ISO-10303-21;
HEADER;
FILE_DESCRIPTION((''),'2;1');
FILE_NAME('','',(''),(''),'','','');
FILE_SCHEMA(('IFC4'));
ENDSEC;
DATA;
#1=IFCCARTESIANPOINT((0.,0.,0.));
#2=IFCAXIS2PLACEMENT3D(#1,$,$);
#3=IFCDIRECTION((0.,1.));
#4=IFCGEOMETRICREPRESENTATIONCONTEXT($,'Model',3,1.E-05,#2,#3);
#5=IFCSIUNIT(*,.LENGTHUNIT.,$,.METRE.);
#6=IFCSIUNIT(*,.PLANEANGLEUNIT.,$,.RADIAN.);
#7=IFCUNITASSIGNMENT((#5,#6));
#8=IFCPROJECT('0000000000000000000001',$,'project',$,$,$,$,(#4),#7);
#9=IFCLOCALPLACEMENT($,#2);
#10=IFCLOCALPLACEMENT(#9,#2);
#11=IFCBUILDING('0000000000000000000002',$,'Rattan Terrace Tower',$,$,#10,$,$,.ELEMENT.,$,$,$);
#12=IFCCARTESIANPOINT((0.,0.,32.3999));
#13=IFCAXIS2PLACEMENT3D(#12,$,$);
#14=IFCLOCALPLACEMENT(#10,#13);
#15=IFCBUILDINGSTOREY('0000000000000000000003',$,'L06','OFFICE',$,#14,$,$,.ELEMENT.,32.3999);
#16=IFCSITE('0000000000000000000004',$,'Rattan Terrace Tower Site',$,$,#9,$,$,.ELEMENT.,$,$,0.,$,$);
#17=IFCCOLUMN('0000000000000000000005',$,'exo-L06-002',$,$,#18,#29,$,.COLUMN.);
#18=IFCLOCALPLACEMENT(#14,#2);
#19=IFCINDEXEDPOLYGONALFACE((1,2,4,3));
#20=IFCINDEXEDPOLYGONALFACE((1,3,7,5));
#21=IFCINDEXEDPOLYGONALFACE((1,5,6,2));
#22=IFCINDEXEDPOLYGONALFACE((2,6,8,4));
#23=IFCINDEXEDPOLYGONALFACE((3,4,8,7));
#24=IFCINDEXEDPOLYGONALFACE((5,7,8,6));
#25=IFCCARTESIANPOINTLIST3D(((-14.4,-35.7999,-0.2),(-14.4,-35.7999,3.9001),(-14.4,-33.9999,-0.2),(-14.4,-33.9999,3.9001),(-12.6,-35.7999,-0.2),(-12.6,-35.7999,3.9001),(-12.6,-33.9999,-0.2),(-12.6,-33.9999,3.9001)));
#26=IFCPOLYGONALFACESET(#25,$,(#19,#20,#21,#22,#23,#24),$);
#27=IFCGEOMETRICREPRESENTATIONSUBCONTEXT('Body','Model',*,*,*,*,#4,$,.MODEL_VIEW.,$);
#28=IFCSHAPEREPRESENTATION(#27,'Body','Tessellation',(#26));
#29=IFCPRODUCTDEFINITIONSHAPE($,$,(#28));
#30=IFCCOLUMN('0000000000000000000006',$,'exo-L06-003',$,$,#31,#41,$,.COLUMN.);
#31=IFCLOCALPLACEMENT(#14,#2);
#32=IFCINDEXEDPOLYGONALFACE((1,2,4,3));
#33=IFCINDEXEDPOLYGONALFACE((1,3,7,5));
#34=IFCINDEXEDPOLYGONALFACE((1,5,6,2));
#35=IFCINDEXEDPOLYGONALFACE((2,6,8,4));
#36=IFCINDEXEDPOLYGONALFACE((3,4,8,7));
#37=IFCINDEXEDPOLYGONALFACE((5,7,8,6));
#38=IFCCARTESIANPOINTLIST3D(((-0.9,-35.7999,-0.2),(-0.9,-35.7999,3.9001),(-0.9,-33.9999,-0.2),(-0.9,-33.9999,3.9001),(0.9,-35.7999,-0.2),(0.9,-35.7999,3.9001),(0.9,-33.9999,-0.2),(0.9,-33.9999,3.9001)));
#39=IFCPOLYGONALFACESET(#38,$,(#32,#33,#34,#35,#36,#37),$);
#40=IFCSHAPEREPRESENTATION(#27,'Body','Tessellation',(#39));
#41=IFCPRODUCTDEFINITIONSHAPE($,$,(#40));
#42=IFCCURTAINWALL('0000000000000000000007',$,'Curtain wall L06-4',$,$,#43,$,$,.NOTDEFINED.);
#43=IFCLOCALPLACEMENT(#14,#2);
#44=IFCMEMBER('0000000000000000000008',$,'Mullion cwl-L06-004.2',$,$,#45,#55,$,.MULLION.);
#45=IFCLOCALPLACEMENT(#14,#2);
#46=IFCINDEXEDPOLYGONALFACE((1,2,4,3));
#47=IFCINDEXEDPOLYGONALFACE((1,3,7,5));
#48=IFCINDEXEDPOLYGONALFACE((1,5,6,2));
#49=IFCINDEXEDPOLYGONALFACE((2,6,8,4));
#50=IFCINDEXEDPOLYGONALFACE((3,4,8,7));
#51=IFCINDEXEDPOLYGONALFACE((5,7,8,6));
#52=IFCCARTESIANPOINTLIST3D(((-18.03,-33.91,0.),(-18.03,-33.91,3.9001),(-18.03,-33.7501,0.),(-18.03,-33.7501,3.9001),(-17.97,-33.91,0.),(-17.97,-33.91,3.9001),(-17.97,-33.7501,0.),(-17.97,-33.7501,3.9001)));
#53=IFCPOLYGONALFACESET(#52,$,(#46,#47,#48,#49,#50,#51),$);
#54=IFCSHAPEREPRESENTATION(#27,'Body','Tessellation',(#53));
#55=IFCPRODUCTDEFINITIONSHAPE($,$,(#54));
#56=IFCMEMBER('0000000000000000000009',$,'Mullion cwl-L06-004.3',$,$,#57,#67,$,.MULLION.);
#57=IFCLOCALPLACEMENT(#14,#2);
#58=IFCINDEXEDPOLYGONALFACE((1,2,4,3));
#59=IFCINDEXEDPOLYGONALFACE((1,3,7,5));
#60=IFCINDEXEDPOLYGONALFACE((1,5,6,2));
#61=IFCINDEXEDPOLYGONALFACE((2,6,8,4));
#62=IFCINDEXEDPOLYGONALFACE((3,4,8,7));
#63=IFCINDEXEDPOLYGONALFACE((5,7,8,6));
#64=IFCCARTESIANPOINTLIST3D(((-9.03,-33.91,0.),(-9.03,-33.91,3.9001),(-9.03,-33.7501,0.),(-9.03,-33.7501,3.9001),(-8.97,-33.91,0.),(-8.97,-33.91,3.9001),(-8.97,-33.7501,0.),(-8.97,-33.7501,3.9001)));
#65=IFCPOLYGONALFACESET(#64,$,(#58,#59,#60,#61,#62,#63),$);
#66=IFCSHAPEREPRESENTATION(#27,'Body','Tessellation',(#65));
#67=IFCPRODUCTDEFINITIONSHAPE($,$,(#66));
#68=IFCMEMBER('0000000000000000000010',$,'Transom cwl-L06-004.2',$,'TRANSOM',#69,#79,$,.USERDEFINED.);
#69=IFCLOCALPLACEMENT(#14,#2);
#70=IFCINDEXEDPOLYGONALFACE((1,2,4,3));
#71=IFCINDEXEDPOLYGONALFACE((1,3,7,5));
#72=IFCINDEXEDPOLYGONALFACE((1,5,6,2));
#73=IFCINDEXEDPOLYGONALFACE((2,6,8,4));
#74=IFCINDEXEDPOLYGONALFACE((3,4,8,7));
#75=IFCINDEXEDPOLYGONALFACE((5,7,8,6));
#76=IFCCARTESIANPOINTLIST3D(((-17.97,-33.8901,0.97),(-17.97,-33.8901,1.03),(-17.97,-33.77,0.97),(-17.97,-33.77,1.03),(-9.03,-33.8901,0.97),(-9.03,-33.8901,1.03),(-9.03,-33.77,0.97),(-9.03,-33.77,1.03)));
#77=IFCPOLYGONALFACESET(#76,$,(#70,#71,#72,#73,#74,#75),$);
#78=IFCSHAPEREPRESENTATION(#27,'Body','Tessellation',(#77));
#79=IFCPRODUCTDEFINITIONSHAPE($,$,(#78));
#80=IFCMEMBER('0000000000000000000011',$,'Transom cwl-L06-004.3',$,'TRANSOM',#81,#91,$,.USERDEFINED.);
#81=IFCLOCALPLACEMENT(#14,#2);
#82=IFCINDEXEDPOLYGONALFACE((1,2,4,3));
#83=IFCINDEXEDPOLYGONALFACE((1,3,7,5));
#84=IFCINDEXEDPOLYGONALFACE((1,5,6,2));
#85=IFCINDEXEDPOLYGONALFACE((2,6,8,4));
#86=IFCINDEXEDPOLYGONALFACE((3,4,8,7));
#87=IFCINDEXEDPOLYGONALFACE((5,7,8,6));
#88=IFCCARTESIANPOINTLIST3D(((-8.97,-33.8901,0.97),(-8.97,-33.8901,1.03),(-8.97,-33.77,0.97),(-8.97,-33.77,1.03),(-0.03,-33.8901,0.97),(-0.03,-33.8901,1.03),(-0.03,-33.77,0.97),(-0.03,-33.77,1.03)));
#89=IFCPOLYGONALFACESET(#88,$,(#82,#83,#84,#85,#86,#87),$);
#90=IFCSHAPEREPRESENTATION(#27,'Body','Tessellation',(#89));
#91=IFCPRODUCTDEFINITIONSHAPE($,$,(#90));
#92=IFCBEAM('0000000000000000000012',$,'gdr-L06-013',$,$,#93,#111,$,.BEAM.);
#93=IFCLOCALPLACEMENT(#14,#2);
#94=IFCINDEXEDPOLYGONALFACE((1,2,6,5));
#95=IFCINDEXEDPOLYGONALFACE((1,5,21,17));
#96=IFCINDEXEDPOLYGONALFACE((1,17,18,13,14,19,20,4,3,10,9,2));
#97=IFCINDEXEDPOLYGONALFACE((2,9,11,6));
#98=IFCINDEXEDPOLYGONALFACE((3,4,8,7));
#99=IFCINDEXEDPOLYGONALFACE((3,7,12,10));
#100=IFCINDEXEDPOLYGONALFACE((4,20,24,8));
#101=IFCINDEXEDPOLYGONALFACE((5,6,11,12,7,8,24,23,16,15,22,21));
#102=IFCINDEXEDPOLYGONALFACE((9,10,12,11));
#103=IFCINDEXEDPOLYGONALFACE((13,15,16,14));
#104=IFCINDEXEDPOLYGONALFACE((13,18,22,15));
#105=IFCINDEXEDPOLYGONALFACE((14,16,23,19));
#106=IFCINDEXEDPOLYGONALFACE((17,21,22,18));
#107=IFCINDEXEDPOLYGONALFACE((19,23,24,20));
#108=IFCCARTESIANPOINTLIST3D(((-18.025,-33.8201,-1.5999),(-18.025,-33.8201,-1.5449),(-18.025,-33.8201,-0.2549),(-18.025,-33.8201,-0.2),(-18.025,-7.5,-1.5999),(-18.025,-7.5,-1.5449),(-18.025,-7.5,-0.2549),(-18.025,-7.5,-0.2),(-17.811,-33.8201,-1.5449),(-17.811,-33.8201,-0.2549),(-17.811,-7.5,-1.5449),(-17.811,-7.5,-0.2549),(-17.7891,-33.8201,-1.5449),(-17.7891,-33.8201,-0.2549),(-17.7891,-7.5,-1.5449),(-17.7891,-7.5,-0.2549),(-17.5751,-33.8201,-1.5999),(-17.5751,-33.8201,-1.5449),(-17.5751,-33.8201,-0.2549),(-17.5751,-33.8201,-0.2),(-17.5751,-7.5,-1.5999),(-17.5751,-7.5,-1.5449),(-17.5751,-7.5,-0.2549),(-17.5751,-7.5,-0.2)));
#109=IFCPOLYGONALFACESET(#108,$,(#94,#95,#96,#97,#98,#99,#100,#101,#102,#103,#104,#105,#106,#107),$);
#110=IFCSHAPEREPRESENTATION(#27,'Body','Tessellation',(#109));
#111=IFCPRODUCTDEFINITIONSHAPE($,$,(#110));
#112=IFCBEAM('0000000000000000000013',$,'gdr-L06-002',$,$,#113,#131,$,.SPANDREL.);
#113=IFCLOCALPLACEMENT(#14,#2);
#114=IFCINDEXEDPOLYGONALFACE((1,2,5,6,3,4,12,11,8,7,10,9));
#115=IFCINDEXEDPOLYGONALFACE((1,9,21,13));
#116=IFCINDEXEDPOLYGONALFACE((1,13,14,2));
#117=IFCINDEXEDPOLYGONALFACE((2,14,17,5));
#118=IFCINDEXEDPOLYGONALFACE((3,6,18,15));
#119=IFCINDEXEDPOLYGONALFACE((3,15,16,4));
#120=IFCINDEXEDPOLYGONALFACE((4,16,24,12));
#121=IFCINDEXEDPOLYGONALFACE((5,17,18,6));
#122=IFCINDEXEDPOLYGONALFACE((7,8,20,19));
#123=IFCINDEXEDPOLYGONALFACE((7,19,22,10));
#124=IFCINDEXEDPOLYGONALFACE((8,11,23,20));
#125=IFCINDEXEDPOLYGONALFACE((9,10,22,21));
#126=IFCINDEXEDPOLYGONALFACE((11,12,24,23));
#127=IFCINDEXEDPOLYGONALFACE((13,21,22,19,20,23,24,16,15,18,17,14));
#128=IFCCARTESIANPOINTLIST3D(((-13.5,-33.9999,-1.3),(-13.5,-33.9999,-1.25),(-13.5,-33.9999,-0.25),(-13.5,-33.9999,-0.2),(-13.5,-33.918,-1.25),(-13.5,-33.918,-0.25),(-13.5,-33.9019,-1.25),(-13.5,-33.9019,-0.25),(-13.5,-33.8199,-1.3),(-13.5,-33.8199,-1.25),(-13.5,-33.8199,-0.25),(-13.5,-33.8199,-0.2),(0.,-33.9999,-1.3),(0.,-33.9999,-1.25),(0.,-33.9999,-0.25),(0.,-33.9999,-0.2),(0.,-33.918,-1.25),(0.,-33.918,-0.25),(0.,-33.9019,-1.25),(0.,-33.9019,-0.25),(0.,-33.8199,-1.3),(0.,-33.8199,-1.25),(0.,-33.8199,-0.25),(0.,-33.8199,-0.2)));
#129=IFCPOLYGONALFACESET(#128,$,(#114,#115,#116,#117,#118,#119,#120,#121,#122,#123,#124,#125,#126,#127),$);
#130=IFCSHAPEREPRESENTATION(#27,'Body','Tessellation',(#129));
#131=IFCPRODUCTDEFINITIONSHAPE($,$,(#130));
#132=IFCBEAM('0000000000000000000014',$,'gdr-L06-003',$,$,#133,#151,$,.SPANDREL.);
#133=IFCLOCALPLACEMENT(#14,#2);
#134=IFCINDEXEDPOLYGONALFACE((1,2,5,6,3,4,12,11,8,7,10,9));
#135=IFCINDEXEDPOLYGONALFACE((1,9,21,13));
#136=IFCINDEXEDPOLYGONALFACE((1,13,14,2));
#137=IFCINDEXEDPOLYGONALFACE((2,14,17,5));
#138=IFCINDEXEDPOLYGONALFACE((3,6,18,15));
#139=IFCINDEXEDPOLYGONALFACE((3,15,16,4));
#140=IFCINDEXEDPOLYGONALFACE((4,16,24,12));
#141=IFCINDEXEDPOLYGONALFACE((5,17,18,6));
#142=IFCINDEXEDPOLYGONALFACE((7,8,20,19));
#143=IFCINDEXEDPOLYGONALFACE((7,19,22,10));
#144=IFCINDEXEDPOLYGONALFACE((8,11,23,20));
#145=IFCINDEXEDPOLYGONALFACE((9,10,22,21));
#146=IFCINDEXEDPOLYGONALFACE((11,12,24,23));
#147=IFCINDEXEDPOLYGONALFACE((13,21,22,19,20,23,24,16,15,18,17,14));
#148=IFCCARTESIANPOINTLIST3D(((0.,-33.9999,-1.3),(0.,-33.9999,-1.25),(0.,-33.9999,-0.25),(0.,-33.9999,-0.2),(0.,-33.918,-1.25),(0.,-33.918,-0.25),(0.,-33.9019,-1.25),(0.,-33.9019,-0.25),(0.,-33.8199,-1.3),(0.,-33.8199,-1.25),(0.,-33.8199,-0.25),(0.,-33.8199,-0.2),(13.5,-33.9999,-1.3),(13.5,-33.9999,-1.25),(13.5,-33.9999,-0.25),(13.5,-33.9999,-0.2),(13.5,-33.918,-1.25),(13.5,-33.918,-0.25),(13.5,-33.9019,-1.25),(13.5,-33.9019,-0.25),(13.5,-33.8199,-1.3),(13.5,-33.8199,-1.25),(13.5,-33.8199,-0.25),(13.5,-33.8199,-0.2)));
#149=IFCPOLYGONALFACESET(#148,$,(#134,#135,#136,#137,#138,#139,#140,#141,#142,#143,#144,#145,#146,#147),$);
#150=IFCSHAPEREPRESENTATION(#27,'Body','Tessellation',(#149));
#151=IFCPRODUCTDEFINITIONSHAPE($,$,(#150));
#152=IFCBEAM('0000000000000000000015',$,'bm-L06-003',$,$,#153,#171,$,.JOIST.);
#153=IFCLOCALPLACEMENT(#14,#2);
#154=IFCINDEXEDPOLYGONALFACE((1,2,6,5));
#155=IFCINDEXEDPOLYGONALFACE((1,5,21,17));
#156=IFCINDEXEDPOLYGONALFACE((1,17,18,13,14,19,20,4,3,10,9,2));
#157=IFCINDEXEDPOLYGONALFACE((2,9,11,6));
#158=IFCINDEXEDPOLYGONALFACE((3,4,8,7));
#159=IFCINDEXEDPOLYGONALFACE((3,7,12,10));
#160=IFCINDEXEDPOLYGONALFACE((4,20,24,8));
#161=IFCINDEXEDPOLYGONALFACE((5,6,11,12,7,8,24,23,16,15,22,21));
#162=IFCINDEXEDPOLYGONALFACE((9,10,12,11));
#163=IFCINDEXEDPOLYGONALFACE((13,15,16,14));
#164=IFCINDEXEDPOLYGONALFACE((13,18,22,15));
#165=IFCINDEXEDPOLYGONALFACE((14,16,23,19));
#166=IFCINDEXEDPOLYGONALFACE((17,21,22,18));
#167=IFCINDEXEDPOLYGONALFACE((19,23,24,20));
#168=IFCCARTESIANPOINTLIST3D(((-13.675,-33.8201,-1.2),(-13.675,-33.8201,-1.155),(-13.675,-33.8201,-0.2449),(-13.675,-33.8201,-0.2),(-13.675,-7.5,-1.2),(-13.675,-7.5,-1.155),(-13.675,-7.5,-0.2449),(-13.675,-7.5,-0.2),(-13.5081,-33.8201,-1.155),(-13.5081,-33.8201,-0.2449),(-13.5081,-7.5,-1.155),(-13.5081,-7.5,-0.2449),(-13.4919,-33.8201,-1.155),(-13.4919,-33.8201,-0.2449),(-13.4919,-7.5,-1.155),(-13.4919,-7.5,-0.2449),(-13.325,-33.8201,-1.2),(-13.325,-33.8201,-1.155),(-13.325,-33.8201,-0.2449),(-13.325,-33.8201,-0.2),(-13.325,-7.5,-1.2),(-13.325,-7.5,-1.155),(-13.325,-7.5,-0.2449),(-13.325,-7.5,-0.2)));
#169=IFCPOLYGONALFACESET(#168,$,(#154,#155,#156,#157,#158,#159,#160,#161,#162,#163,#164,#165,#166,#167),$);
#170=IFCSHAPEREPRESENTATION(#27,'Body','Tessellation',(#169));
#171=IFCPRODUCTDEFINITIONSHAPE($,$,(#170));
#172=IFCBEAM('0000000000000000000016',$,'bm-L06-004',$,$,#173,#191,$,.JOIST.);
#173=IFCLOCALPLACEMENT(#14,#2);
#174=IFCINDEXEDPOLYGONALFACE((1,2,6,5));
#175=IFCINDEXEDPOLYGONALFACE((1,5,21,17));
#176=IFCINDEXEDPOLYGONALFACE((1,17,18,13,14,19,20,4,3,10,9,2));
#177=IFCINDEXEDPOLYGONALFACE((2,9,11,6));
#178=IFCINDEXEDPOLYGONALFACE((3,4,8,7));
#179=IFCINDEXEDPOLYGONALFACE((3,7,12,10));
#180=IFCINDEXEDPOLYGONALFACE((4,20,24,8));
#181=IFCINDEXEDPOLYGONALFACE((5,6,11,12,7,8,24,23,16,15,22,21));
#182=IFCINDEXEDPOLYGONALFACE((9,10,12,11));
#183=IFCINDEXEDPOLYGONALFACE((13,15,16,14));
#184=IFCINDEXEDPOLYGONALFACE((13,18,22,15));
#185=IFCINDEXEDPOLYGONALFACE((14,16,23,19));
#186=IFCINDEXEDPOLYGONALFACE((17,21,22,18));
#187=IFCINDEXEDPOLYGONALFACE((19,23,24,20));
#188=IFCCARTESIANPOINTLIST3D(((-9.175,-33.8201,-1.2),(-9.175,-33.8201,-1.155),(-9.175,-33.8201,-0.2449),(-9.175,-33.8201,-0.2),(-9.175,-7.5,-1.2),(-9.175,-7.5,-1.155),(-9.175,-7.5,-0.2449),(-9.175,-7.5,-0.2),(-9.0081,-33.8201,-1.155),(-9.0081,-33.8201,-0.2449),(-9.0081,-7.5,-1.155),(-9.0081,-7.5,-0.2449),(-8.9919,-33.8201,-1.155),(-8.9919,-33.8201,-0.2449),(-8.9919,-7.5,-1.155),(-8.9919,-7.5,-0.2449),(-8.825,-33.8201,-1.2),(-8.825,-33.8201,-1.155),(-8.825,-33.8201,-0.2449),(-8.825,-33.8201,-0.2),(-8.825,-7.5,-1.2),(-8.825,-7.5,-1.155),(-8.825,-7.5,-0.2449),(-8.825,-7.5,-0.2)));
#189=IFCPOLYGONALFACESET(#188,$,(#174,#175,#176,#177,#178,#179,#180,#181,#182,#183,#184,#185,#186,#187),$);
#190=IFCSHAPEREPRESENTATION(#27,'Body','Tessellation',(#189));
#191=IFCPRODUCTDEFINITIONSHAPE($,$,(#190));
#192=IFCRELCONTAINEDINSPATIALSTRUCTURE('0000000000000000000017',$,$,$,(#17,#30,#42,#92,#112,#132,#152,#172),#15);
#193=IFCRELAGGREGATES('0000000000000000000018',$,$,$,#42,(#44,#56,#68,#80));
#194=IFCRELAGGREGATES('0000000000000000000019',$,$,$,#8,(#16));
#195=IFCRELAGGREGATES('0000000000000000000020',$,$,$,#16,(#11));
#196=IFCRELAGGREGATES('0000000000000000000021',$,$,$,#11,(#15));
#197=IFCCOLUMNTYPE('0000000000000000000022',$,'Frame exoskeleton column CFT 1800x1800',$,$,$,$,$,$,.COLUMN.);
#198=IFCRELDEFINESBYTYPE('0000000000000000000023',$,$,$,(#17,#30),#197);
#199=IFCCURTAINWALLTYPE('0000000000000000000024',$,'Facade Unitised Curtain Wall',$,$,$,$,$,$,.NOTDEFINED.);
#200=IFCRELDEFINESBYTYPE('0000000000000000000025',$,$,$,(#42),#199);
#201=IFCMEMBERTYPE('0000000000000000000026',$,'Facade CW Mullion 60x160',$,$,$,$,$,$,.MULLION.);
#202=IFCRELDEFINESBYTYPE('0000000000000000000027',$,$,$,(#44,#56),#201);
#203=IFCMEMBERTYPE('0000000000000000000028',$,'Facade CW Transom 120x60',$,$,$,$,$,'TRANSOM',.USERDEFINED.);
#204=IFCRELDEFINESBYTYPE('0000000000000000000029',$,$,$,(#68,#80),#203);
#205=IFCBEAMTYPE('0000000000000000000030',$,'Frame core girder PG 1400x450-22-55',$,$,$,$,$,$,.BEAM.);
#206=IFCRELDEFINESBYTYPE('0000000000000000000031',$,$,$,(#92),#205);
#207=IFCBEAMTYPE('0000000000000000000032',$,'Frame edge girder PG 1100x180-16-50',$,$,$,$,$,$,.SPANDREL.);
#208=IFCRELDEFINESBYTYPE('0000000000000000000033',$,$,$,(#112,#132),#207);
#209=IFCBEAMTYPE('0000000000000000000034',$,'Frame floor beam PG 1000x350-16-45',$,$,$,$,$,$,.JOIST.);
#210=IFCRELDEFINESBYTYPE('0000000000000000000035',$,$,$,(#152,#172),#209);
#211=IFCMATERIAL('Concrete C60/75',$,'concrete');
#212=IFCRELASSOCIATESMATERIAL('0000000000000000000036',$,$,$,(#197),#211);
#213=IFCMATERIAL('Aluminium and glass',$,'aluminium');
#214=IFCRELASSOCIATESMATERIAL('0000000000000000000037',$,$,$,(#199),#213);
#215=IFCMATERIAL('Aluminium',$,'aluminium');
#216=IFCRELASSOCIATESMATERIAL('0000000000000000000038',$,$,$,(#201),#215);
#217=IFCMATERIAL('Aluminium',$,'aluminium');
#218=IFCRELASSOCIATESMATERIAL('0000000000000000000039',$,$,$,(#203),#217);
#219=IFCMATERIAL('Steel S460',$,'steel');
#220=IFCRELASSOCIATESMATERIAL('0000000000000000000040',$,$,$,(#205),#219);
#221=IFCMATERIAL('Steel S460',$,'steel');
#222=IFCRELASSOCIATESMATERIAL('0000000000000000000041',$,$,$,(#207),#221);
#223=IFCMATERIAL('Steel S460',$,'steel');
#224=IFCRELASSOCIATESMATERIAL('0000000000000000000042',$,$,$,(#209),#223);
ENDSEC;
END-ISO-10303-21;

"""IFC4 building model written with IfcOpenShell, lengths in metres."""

from ifc_helpers import new_model, si_unit, direction, frame, origin, origin_2d, place, context, subcontext, project, spatial, rectangle, i_section, extrude, material, material_profile, profile_set, type_object, element, aggregate, save


model = new_model("IFC4")

# Units and contexts
model_context = context("Model", 3, precision=1e-05, world=origin(), true_north=direction((0.0, 1.0)))
body_context = subcontext(model_context, "Body", "Model", "MODEL_VIEW")
ifc_project = project(units=[si_unit("LENGTHUNIT", "METRE"), si_unit("PLANEANGLEUNIT", "RADIAN")], contexts=[model_context])

# Site, building, storey
site_placement = place(None, origin())
site = spatial("IfcSite", under=ifc_project, at=site_placement, Name="Rattan Terrace Tower Site", CompositionType="ELEMENT", RefElevation=0.0)
building_placement = place(site_placement, origin())
building = spatial("IfcBuilding", under=site, at=building_placement, Name="Rattan Terrace Tower", CompositionType="ELEMENT")
storey_placement = place(building_placement, frame((0.0, 0.0, 32.3999)))
storey = spatial("IfcBuildingStorey", under=building, at=storey_placement, Name="L06", Description="OFFICE", CompositionType="ELEMENT", Elevation=32.3999)

# Columns
ifc_material_1 = material(Name="Concrete C60/75", Category="concrete")
ifc_material_profile_1 = material_profile(ifc_material_1, rectangle(XDim=1.8, YDim=1.8, at=origin_2d()), Name="CFT 1800x1800")
ifc_profile_set_1 = profile_set([ifc_material_profile_1], Name="Concrete C60/75")
column_type = type_object("IfcColumnType", Name="Frame exoskeleton column CFT 1800x1800", PredefinedType="COLUMN", material=ifc_profile_set_1)
for number, where, z_axis, x_axis, name in (
    (1, (-13.5, -34.8999, -0.2), (0.0, 0.0, 1.0), (1.0, 0.0, 0.0), "exo-L06-002"),
    (2, (0.0, -34.8999, -0.2), (0.0, 0.0, 1.0), (1.0, 0.0, 0.0), "exo-L06-003"),
):
    element("IfcColumn", number, at=place(storey_placement, frame(where, z_axis=z_axis, x_axis=x_axis)), inside=storey, type_object=column_type, Name=name, PredefinedType="COLUMN", context=body_context, shape_type="SweptSolid", body=[
        extrude(rectangle(XDim=1.8, YDim=1.8, at=origin_2d()), origin(), (0.0, 0.0, 1.0), 4.1001),
    ])

# Curtain wall, members
ifc_material_2 = material(Name="Aluminium and glass", Category="aluminium")
curtain_wall_type = type_object("IfcCurtainWallType", Name="Facade Unitised Curtain Wall", PredefinedType="NOTDEFINED", material=ifc_material_2)
curtain_wall_placement = place(storey_placement, origin())
curtain_wall = element("IfcCurtainWall", 3, at=curtain_wall_placement, inside=storey, type_object=curtain_wall_type, Name="Curtain wall L06-4", PredefinedType="NOTDEFINED")
ifc_material_3 = material(Name="Aluminium", Category="aluminium")
ifc_material_profile_2 = material_profile(ifc_material_3, rectangle(XDim=0.0601, YDim=0.1599, at=origin_2d()), Name="Aluminium 60x160")
ifc_profile_set_2 = profile_set([ifc_material_profile_2], Name="Aluminium")
member_type_1 = type_object("IfcMemberType", Name="Facade CW Mullion 60x160", PredefinedType="MULLION", material=ifc_profile_set_2)
member_1_placement = place(storey_placement, frame((-18.0, -33.8301, 0.0), z_axis=(0.0, 0.0, 1.0), x_axis=(1.0, 0.0, 0.0)))
member_1 = element("IfcMember", 4, at=member_1_placement, type_object=member_type_1, Name="Mullion cwl-L06-004.2", PredefinedType="MULLION", context=body_context, shape_type="SweptSolid", body=[
    extrude(rectangle(XDim=0.0601, YDim=0.1599, at=origin_2d()), origin(), (0.0, 0.0, 1.0), 3.9001),
])
member_2_placement = place(storey_placement, frame((-9.0, -33.8301, 0.0), z_axis=(0.0, 0.0, 1.0), x_axis=(1.0, 0.0, 0.0)))
member_2 = element("IfcMember", 5, at=member_2_placement, type_object=member_type_1, Name="Mullion cwl-L06-004.3", PredefinedType="MULLION", context=body_context, shape_type="SweptSolid", body=[
    extrude(rectangle(XDim=0.0601, YDim=0.1599, at=origin_2d()), origin(), (0.0, 0.0, 1.0), 3.9001),
])
ifc_material_4 = material(Name="Aluminium", Category="aluminium")
ifc_material_profile_3 = material_profile(ifc_material_4, rectangle(XDim=0.1201, YDim=0.0601, at=origin_2d()), Name="Aluminium 120x60")
ifc_profile_set_3 = profile_set([ifc_material_profile_3], Name="Aluminium")
member_type_2 = type_object("IfcMemberType", Name="Facade CW Transom 120x60", ElementType="TRANSOM", PredefinedType="USERDEFINED", material=ifc_profile_set_3)
member_3_placement = place(storey_placement, frame((-17.97, -33.8301, 1.0), z_axis=(1.0, 0.0, 0.0), x_axis=(0.0, 1.0, 0.0)))
member_3 = element("IfcMember", 6, at=member_3_placement, type_object=member_type_2, Name="Transom cwl-L06-004.2", ObjectType="TRANSOM", PredefinedType="USERDEFINED", context=body_context, shape_type="SweptSolid", body=[
    extrude(rectangle(XDim=0.1201, YDim=0.0601, at=origin_2d()), origin(), (0.0, 0.0, 1.0), 8.9399),
])
member_4_placement = place(storey_placement, frame((-8.97, -33.8301, 1.0), z_axis=(1.0, 0.0, 0.0), x_axis=(0.0, 1.0, 0.0)))
member_4 = element("IfcMember", 7, at=member_4_placement, type_object=member_type_2, Name="Transom cwl-L06-004.3", ObjectType="TRANSOM", PredefinedType="USERDEFINED", context=body_context, shape_type="SweptSolid", body=[
    extrude(rectangle(XDim=0.1201, YDim=0.0601, at=origin_2d()), origin(), (0.0, 0.0, 1.0), 8.9399),
])

# Beams
ifc_material_5 = material(Name="Steel S460", Category="steel")
ifc_material_profile_4 = material_profile(ifc_material_5, i_section(OverallWidth=0.45, OverallDepth=1.3999, WebThickness=0.022, FlangeThickness=0.0549, at=origin_2d()), Name="PG 1400x450-22-55")
ifc_profile_set_4 = profile_set([ifc_material_profile_4], Name="Steel S460")
beam_type_1 = type_object("IfcBeamType", Name="Frame core girder PG 1400x450-22-55", PredefinedType="BEAM", material=ifc_profile_set_4)
beam_placement = place(storey_placement, frame((-17.8, -33.8201, -0.8999), z_axis=(0.0, 1.0, 0.0), x_axis=(-1.0, 0.0, 0.0)))
element("IfcBeam", 8, at=beam_placement, inside=storey, type_object=beam_type_1, Name="gdr-L06-013", PredefinedType="BEAM", context=body_context, shape_type="SweptSolid", body=[
    extrude(i_section(OverallWidth=0.45, OverallDepth=1.3999, WebThickness=0.022, FlangeThickness=0.0549, at=origin_2d()), origin(), (0.0, 0.0, 1.0), 26.3201),
])
ifc_material_6 = material(Name="Steel S460", Category="steel")
ifc_material_profile_5 = material_profile(ifc_material_6, i_section(OverallWidth=0.1799, OverallDepth=1.1001, WebThickness=0.0161, FlangeThickness=0.05, at=origin_2d()), Name="PG 1100x180-16-50")
ifc_profile_set_5 = profile_set([ifc_material_profile_5], Name="Steel S460")
beam_type_2 = type_object("IfcBeamType", Name="Frame edge girder PG 1100x180-16-50", PredefinedType="SPANDREL", material=ifc_profile_set_5)
for number, where, z_axis, x_axis, name in (
    (9, (-13.5, -33.9099, -0.75), (1.0, 0.0, 0.0), (0.0, 1.0, 0.0), "gdr-L06-002"),
    (10, (0.0, -33.9099, -0.75), (1.0, 0.0, 0.0), (0.0, 1.0, 0.0), "gdr-L06-003"),
):
    element("IfcBeam", number, at=place(storey_placement, frame(where, z_axis=z_axis, x_axis=x_axis)), inside=storey, type_object=beam_type_2, Name=name, PredefinedType="SPANDREL", context=body_context, shape_type="SweptSolid", body=[
        extrude(i_section(OverallWidth=0.1799, OverallDepth=1.1001, WebThickness=0.0161, FlangeThickness=0.05, at=origin_2d()), origin(), (0.0, 0.0, 1.0), 13.5),
    ])
ifc_material_7 = material(Name="Steel S460", Category="steel")
ifc_material_profile_6 = material_profile(ifc_material_7, i_section(OverallWidth=0.3501, OverallDepth=1.0, WebThickness=0.0161, FlangeThickness=0.0449, at=origin_2d()), Name="PG 1000x350-16-45")
ifc_profile_set_6 = profile_set([ifc_material_profile_6], Name="Steel S460")
beam_type_3 = type_object("IfcBeamType", Name="Frame floor beam PG 1000x350-16-45", PredefinedType="JOIST", material=ifc_profile_set_6)
for number, where, z_axis, x_axis, name in (
    (11, (-13.5, -33.8201, -0.7), (0.0, 1.0, 0.0), (-1.0, 0.0, 0.0), "bm-L06-003"),
    (12, (-9.0, -33.8201, -0.7), (0.0, 1.0, 0.0), (-1.0, 0.0, 0.0), "bm-L06-004"),
):
    element("IfcBeam", number, at=place(storey_placement, frame(where, z_axis=z_axis, x_axis=x_axis)), inside=storey, type_object=beam_type_3, Name=name, PredefinedType="JOIST", context=body_context, shape_type="SweptSolid", body=[
        extrude(i_section(OverallWidth=0.3501, OverallDepth=1.0, WebThickness=0.0161, FlangeThickness=0.0449, at=origin_2d()), origin(), (0.0, 0.0, 1.0), 26.3201),
    ])

aggregate(curtain_wall, [member_1, member_2, member_3, member_4])

save(model, "model.ifc")
